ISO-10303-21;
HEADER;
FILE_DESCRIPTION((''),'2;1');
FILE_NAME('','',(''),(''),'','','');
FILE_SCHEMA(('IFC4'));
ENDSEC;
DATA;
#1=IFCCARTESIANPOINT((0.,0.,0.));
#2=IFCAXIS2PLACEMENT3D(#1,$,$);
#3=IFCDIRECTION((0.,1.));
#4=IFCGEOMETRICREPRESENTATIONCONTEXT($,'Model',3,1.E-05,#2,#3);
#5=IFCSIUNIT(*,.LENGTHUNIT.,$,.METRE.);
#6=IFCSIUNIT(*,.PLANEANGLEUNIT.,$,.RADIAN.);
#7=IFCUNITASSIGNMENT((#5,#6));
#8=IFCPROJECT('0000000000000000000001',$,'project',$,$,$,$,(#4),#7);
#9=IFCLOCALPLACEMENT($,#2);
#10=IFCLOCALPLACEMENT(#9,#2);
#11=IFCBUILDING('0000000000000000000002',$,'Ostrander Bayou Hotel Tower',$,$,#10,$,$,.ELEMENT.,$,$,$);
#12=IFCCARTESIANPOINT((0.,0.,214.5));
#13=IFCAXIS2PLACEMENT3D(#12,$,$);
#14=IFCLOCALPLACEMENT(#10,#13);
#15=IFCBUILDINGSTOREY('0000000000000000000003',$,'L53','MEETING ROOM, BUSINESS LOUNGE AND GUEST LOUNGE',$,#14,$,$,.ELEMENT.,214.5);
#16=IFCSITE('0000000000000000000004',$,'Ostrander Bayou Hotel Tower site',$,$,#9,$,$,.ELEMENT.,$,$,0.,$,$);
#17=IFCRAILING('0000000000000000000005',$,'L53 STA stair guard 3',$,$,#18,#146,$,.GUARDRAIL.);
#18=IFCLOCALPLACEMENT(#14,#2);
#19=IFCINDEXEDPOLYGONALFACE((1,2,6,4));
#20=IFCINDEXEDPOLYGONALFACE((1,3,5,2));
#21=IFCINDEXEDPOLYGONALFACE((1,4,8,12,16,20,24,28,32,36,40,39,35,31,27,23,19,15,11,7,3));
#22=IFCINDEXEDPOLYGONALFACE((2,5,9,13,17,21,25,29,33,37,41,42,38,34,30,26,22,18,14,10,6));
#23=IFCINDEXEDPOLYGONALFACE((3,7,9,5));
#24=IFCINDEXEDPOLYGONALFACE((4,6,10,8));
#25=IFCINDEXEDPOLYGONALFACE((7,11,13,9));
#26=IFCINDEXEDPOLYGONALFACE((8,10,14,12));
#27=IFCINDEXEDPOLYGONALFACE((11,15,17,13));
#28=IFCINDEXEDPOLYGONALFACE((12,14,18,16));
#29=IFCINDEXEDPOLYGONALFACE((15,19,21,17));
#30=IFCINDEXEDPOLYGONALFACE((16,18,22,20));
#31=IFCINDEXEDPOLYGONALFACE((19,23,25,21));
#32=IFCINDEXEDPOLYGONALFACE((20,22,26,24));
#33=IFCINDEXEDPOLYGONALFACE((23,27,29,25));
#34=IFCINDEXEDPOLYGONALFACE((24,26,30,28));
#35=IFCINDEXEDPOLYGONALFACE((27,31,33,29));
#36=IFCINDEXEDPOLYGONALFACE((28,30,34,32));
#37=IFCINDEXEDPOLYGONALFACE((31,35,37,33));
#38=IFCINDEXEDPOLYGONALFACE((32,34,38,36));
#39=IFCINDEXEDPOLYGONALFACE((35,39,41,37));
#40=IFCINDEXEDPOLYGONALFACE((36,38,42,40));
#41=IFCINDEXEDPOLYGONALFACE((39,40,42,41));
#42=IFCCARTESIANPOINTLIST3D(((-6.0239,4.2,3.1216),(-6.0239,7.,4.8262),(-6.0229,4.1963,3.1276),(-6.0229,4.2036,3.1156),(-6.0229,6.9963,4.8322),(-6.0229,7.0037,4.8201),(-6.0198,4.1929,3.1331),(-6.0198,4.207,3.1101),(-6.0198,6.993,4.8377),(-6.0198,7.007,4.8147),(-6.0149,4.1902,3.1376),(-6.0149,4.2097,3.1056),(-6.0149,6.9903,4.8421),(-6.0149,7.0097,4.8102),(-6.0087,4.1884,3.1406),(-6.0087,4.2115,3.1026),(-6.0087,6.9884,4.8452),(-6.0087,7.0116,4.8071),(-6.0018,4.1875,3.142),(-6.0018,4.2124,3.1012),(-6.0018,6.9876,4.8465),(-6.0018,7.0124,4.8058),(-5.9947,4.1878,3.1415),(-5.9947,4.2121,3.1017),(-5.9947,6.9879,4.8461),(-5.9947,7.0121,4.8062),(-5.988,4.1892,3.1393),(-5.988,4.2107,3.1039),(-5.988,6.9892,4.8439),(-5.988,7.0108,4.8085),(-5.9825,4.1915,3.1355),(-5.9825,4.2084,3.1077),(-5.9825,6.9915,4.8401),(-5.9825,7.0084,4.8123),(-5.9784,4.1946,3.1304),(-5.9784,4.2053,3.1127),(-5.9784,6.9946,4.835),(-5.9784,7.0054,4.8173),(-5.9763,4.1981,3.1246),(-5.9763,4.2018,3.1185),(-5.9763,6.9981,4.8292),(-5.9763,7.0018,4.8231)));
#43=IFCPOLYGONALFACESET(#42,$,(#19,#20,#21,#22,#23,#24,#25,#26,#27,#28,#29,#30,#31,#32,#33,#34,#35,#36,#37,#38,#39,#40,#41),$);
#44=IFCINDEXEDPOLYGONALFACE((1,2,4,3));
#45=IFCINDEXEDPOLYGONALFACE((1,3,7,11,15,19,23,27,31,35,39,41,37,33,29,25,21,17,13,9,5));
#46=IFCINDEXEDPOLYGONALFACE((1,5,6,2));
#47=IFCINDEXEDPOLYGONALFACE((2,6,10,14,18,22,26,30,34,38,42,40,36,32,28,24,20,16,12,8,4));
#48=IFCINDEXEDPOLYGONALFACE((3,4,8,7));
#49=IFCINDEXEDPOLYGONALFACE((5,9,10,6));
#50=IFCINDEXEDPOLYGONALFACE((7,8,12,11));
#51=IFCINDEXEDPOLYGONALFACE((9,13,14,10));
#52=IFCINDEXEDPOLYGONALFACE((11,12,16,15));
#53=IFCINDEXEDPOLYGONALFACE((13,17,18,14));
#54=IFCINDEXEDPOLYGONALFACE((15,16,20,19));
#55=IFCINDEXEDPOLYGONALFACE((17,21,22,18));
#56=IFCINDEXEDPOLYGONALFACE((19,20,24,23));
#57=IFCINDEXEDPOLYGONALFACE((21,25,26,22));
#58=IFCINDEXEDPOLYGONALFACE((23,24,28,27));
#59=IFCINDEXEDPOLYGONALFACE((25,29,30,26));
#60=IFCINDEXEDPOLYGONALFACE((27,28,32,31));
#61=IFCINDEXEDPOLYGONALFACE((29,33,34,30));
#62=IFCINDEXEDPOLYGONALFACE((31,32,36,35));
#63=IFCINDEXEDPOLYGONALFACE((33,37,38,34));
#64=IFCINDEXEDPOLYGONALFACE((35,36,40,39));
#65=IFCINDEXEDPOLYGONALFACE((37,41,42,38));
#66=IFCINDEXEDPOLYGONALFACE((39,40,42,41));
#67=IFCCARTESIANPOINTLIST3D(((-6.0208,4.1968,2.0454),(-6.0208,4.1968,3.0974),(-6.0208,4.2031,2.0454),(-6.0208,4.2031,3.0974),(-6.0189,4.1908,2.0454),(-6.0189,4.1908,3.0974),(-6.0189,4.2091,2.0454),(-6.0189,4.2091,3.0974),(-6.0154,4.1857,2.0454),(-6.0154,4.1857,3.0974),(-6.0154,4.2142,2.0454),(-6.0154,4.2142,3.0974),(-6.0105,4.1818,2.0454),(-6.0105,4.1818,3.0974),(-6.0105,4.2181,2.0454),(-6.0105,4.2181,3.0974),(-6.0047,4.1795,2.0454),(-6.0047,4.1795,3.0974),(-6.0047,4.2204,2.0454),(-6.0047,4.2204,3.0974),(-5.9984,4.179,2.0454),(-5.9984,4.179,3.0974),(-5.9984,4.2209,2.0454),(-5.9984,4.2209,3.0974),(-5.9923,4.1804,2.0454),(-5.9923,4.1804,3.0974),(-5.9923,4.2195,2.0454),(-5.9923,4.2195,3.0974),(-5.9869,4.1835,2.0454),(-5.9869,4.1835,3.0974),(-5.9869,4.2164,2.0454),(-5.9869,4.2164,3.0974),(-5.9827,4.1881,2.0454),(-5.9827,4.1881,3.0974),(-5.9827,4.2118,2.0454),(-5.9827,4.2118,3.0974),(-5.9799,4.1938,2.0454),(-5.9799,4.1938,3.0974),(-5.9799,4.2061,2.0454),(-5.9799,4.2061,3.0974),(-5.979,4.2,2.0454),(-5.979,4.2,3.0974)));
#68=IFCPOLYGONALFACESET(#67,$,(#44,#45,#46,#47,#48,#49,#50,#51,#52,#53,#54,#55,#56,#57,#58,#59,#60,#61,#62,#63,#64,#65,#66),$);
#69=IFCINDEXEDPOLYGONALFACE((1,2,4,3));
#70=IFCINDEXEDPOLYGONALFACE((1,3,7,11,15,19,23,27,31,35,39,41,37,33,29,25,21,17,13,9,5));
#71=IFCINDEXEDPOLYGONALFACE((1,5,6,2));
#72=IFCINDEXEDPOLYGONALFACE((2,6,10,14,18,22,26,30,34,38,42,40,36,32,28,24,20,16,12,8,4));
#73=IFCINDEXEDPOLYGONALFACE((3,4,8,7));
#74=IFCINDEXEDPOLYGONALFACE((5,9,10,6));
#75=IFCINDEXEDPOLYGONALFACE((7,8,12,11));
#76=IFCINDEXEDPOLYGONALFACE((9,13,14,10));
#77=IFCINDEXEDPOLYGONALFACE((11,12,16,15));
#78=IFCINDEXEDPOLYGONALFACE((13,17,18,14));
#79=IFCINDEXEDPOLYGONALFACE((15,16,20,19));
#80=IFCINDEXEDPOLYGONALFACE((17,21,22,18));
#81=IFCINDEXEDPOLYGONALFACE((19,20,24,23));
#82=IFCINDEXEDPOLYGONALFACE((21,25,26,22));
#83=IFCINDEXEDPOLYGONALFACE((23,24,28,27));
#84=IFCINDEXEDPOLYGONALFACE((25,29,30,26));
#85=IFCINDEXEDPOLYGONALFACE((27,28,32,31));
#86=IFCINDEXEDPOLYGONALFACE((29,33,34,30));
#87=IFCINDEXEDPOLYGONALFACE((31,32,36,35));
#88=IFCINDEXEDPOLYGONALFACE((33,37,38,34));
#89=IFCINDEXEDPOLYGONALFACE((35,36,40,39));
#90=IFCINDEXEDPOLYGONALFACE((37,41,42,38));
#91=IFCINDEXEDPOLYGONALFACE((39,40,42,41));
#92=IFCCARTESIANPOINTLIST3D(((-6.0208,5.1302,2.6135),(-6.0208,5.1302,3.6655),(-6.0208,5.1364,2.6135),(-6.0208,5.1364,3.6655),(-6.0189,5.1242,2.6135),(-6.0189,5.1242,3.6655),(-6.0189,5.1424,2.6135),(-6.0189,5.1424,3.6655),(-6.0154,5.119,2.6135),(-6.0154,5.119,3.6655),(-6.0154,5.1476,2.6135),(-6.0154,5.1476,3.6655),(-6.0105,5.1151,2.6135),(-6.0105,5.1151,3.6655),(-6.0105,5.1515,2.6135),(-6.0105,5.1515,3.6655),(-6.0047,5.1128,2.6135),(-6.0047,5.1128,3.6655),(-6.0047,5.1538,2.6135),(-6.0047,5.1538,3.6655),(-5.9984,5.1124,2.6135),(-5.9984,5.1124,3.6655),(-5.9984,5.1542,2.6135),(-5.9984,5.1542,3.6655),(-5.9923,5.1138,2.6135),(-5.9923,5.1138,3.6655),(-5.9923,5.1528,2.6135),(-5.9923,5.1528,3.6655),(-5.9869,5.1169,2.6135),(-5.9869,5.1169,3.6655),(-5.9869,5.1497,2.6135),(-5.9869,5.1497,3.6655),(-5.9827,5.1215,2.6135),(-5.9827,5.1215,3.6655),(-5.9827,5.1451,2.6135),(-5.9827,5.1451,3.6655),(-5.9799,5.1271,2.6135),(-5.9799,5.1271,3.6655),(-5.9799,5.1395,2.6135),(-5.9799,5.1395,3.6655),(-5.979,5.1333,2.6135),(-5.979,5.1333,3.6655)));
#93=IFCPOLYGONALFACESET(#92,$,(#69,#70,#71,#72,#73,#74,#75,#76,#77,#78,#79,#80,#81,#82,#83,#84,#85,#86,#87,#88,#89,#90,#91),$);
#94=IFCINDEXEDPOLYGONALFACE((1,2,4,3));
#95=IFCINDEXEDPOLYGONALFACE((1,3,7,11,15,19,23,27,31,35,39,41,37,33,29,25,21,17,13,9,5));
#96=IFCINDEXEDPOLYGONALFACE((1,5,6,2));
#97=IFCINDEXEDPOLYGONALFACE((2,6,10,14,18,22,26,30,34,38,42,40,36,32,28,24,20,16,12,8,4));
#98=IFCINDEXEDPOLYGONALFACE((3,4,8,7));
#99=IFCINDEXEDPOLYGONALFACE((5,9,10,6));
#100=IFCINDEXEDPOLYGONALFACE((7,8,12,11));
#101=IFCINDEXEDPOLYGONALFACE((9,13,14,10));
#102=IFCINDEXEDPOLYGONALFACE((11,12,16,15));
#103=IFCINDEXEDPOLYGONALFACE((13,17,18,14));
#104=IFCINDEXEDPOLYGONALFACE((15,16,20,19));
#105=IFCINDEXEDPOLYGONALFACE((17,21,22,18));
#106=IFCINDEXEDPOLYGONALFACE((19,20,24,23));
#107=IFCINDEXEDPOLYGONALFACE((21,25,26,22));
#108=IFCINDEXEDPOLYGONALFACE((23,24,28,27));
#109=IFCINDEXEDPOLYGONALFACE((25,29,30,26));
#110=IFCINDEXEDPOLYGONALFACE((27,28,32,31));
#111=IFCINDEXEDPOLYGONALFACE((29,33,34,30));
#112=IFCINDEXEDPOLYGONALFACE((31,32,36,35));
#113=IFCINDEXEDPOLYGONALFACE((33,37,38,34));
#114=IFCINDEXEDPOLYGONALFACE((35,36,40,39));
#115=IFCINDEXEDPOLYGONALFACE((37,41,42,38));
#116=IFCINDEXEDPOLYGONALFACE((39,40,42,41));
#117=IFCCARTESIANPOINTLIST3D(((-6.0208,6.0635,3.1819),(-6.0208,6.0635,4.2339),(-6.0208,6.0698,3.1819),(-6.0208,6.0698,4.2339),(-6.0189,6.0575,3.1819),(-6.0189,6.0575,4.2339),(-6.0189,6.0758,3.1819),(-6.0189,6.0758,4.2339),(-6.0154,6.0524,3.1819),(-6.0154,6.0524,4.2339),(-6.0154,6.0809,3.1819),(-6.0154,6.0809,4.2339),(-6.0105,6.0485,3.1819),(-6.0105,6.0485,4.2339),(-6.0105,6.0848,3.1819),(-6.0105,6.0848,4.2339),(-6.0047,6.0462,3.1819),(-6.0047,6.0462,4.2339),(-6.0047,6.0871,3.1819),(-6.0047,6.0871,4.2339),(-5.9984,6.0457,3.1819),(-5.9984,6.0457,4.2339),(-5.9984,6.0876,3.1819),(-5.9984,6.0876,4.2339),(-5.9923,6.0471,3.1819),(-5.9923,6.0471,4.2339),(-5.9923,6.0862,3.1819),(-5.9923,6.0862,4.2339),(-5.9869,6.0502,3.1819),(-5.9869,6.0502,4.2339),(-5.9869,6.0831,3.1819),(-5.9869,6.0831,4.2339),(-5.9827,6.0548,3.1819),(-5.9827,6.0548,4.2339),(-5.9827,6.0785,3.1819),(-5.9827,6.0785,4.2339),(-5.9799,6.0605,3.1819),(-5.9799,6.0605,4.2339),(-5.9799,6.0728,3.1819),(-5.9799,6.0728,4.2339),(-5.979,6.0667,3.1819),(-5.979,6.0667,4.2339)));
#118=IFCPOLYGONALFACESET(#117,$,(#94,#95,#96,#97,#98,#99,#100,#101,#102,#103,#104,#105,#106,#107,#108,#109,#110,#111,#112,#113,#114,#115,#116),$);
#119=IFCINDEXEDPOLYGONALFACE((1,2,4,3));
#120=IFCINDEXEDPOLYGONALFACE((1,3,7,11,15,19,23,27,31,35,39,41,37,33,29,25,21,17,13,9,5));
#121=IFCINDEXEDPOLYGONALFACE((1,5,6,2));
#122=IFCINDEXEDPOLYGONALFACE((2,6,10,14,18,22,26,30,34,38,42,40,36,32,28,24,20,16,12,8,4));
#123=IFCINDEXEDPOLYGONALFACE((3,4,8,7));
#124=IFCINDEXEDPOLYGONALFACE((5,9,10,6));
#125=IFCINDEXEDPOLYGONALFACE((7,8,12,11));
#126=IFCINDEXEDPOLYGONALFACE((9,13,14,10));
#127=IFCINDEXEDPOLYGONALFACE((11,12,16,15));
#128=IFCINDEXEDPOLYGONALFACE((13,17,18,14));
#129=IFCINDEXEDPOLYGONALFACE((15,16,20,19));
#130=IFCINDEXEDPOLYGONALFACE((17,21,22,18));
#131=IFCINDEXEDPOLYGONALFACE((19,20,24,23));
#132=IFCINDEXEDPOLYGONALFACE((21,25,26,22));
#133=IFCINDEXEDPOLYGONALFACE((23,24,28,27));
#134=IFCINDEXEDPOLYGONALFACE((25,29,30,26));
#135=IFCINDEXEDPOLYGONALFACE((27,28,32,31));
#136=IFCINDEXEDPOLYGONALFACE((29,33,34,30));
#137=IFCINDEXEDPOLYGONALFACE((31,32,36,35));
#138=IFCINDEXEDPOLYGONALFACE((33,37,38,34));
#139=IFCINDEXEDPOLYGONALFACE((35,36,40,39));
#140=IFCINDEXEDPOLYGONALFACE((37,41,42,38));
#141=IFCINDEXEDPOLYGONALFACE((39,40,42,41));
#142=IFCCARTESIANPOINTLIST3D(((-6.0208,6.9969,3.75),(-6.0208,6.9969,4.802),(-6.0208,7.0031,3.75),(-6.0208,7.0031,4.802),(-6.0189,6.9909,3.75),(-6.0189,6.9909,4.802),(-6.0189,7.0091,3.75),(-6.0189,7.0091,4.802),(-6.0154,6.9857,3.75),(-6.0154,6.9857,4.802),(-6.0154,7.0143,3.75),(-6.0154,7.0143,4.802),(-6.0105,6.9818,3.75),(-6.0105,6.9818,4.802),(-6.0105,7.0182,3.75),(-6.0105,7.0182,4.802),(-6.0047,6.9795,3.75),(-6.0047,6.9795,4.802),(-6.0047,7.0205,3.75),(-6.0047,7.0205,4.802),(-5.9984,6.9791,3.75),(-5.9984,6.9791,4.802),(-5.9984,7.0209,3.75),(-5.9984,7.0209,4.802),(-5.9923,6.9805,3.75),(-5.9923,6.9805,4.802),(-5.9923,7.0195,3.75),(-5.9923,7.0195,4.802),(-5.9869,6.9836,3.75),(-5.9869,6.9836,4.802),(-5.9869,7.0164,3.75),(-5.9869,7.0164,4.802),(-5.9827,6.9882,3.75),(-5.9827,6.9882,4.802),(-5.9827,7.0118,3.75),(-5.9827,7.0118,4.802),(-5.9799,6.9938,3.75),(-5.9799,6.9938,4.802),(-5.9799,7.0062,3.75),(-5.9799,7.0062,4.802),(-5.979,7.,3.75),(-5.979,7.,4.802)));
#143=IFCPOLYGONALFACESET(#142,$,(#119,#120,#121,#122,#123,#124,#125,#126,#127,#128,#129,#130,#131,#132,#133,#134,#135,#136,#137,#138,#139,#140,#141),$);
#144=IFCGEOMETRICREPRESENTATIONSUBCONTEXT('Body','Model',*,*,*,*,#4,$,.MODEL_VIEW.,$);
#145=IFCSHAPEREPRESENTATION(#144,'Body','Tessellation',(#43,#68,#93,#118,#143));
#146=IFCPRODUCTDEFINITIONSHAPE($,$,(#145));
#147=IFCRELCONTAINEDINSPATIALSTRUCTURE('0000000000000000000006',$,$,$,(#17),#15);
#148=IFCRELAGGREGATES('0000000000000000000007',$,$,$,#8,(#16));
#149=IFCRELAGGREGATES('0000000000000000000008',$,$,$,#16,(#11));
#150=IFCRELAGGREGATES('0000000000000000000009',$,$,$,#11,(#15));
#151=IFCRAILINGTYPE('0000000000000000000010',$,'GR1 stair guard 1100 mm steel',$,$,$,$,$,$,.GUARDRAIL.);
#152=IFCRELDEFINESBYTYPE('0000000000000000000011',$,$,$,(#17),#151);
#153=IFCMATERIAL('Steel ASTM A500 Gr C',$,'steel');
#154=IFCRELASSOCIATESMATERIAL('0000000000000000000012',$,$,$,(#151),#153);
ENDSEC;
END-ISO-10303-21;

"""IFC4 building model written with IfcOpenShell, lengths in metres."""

from ifc_helpers import new_model, si_unit, direction, frame, origin, origin_2d, place, context, subcontext, project, spatial, circle, extrude, material, type_object, element, save


model = new_model("IFC4")

# Units and contexts
model_context = context("Model", 3, precision=1e-05, world=origin(), true_north=direction((0.0, 1.0)))
body_context = subcontext(model_context, "Body", "Model", "MODEL_VIEW")
ifc_project = project(units=[si_unit("LENGTHUNIT", "METRE"), si_unit("PLANEANGLEUNIT", "RADIAN")], contexts=[model_context])

# Site, building, storey
site_placement = place(None, origin())
site = spatial("IfcSite", under=ifc_project, at=site_placement, Name="Ostrander Bayou Hotel Tower site", CompositionType="ELEMENT", RefElevation=0.0)
building_placement = place(site_placement, origin())
building = spatial("IfcBuilding", under=site, at=building_placement, Name="Ostrander Bayou Hotel Tower", CompositionType="ELEMENT")
storey_placement = place(building_placement, frame((0.0, 0.0, 214.5)))
storey = spatial("IfcBuildingStorey", under=building, at=storey_placement, Name="L53", Description="MEETING ROOM, BUSINESS LOUNGE AND GUEST LOUNGE", CompositionType="ELEMENT", Elevation=214.5)

# Railing
ifc_material_1 = material(Name="Steel ASTM A500 Gr C", Category="steel")
railing_type_1 = type_object("IfcRailingType", Name="GR1 stair guard 1100 mm steel", PredefinedType="GUARDRAIL", material=ifc_material_1)
railing_1_placement = place(storey_placement, frame((-6.0, 4.2, 2.0454)))
element("IfcRailing", 1, at=railing_1_placement, inside=storey, type_object=railing_type_1, Name="L53 STA stair guard 3", PredefinedType="GUARDRAIL", context=body_context, shape_type="SweptSolid", body=[
    extrude(circle(Radius=0.0239, at=origin_2d()), frame((0.0, 0.0, 1.0762), z_axis=(0.0, 0.85417, 0.519994), x_axis=(-1.0, 0.0, 0.0)), (0.0, 0.0, 1.0), 3.2781),
    extrude(circle(Radius=0.021, at=origin_2d()), origin(), (0.0, 0.0, 1.0), 1.052),
    extrude(circle(Radius=0.021, at=origin_2d()), frame((0.0, 0.9333, 0.5681)), (0.0, 0.0, 1.0), 1.052),
    extrude(circle(Radius=0.021, at=origin_2d()), frame((0.0, 1.8667, 1.1365)), (0.0, 0.0, 1.0), 1.052),
    extrude(circle(Radius=0.021, at=origin_2d()), frame((0.0, 2.8, 1.7046)), (0.0, 0.0, 1.0), 1.052),
])

save(model, "model.ifc")
